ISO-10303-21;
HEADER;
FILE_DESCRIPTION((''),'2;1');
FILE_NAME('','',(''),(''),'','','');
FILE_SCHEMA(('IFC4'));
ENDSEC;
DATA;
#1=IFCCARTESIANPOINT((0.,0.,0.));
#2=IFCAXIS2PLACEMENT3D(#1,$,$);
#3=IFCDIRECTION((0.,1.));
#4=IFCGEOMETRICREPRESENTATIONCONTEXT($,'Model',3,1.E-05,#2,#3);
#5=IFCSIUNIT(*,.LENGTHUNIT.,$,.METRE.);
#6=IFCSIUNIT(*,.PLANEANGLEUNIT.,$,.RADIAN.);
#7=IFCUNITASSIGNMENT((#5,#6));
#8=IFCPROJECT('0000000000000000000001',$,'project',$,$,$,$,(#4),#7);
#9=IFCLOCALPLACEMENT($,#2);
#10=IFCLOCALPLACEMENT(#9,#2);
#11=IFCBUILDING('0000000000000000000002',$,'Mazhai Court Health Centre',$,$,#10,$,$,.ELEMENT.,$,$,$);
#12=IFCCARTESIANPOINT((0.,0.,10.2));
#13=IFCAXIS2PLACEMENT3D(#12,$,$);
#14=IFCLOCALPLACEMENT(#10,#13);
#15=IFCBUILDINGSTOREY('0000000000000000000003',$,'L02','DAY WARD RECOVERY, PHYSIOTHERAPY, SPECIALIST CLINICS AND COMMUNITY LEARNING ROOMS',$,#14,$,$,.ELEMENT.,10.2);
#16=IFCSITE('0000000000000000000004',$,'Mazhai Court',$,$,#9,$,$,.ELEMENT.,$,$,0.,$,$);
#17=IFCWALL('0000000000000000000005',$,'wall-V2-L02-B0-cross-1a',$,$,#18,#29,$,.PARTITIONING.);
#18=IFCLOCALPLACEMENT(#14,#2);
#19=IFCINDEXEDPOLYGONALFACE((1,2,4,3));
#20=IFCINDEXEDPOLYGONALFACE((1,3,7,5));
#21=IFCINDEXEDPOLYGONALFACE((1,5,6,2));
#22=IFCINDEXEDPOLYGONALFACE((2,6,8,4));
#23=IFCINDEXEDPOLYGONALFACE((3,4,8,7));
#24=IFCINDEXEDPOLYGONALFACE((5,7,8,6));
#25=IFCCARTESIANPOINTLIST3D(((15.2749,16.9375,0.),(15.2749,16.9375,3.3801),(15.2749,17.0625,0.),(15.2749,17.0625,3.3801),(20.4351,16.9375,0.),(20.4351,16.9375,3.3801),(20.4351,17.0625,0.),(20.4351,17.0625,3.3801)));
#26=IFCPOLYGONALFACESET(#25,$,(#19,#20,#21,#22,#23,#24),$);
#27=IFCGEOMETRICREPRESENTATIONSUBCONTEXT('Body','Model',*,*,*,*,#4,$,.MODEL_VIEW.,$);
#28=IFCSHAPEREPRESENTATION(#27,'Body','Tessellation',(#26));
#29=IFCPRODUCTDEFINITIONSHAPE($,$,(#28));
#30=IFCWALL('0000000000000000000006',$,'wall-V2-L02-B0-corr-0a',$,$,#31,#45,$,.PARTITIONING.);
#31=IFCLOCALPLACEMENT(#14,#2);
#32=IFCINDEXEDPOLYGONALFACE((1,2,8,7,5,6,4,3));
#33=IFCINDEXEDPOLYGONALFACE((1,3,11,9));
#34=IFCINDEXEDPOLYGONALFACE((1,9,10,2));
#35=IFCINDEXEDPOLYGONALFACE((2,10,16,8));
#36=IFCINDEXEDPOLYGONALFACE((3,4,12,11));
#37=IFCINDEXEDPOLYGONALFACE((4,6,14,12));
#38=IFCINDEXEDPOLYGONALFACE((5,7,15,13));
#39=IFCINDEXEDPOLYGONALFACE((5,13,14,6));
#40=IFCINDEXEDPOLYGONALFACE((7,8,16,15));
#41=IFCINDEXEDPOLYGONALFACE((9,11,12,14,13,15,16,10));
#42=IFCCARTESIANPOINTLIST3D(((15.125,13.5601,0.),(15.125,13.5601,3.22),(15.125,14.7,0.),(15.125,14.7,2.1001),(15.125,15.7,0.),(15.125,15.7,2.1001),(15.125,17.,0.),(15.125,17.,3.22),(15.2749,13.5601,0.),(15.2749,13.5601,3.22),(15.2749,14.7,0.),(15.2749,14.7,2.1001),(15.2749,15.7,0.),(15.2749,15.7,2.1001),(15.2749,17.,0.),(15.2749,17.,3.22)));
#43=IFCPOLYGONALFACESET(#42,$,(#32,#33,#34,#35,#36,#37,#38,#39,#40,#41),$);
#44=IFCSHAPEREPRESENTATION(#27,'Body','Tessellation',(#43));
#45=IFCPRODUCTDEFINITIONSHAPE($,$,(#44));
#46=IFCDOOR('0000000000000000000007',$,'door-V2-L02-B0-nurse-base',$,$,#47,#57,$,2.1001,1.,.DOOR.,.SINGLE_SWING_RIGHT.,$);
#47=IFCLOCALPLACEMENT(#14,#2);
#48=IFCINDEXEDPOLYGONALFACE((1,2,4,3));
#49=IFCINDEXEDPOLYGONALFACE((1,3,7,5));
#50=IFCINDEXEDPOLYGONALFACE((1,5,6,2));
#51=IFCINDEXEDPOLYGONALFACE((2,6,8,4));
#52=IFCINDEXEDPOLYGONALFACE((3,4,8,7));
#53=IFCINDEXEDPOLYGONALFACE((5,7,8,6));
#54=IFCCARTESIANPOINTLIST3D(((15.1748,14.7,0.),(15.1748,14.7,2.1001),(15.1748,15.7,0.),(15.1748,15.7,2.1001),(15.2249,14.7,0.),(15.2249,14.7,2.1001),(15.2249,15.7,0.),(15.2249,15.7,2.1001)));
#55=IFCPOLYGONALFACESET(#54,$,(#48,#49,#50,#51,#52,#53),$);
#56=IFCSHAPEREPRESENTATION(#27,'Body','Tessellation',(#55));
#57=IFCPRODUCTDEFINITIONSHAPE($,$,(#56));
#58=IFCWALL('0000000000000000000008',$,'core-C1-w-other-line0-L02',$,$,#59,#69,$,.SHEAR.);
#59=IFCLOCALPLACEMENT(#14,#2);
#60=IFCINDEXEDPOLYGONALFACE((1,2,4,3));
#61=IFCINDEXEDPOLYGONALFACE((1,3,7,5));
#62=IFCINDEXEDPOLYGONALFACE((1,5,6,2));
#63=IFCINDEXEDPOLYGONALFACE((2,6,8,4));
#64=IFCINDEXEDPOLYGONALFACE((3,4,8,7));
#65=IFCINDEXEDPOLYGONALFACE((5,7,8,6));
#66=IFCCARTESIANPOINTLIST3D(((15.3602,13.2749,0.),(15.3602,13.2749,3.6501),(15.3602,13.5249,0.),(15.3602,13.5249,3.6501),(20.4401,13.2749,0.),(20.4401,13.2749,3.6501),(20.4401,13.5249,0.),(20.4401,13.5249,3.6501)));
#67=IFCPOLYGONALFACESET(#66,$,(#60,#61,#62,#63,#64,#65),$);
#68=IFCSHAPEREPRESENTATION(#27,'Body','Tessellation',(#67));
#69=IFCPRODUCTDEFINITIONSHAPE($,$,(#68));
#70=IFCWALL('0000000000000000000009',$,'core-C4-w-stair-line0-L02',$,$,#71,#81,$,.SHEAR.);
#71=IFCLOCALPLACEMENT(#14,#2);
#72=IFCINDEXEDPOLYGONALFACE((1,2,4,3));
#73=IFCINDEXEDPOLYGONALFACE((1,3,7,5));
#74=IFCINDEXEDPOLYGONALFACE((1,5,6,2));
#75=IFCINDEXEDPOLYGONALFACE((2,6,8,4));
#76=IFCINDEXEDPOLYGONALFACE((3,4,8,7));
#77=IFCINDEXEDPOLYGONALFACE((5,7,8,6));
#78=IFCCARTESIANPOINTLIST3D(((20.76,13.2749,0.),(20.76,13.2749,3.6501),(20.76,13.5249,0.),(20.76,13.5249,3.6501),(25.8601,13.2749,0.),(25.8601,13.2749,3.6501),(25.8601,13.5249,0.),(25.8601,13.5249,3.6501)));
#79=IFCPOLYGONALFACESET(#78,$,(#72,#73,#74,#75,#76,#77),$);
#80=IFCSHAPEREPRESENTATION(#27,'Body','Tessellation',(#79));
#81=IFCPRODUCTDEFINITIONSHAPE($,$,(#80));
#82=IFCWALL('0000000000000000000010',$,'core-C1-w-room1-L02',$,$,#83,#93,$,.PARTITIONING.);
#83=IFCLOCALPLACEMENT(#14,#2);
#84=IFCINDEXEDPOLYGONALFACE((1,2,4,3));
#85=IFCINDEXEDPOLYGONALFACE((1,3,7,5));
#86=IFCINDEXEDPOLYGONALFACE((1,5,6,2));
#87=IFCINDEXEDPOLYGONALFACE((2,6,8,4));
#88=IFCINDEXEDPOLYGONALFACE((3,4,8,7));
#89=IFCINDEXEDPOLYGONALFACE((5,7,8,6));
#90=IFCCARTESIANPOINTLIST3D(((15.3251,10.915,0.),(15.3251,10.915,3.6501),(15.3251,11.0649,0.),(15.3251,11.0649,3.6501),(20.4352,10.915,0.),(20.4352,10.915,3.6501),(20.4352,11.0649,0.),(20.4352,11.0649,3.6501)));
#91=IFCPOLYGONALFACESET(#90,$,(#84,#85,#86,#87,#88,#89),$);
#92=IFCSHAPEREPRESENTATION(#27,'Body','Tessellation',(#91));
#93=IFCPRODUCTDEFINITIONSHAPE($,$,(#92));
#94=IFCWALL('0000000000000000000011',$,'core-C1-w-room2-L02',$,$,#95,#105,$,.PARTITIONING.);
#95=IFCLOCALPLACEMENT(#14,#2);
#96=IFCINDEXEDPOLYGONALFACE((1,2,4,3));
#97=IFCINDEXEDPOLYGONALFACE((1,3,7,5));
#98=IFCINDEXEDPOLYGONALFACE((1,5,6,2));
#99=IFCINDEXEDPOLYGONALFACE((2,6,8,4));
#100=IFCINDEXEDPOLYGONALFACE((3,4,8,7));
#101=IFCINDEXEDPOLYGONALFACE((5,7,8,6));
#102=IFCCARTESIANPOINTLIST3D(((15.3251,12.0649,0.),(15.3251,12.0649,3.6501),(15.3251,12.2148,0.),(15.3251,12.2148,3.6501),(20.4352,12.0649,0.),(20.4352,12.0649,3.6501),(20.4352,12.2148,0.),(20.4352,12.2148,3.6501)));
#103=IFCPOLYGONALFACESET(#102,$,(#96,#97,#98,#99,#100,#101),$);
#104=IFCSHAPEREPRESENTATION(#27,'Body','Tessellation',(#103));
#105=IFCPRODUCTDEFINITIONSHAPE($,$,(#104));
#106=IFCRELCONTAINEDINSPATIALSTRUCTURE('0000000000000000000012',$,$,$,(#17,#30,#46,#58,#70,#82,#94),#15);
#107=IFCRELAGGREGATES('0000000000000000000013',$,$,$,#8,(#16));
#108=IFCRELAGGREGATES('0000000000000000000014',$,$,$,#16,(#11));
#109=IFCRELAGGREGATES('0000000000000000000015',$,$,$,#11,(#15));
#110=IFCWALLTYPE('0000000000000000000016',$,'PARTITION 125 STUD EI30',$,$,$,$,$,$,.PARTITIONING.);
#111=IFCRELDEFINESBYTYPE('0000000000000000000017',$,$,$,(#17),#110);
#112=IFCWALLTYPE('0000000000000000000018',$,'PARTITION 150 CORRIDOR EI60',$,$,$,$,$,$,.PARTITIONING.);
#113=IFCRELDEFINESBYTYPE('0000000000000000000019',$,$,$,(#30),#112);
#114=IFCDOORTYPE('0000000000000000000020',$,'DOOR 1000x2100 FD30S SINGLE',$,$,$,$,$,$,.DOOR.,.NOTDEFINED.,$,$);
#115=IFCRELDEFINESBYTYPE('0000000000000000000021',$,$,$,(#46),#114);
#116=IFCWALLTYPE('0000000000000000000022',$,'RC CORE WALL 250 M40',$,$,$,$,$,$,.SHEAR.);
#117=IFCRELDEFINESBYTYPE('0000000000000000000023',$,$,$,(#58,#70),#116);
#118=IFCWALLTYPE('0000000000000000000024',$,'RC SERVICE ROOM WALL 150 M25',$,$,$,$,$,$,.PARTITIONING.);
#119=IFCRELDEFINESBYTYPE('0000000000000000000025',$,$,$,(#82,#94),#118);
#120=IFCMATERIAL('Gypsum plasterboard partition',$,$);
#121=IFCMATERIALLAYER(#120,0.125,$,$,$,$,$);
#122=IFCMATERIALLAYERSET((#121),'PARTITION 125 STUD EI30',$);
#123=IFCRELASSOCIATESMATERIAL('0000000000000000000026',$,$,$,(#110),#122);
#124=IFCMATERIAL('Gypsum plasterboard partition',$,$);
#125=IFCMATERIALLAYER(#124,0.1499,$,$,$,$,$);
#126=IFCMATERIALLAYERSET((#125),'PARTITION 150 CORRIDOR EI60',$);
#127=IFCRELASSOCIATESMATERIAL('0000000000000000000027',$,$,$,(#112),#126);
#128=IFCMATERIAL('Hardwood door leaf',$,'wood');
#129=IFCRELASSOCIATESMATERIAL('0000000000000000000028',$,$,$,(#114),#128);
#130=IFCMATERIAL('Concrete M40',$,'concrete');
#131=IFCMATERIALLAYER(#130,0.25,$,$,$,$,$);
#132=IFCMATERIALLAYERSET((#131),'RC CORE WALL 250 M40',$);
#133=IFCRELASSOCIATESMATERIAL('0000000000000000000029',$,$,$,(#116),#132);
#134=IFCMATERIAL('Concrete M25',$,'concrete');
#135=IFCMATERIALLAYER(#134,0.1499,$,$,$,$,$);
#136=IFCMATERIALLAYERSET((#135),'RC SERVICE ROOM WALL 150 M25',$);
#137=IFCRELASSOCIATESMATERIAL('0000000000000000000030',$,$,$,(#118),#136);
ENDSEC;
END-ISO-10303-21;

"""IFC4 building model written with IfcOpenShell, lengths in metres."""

from ifc_helpers import new_model, si_unit, direction, frame, frame_2d, origin, place, context, subcontext, project, spatial, rectangle, extrude, material, layer, layer_set, type_object, element, fill, save


model = new_model("IFC4")

# Units and contexts
model_context = context("Model", 3, precision=1e-05, world=origin(), true_north=direction((0.0, 1.0)))
body_context = subcontext(model_context, "Body", "Model", "MODEL_VIEW")
ifc_project = project(units=[si_unit("LENGTHUNIT", "METRE"), si_unit("PLANEANGLEUNIT", "RADIAN")], contexts=[model_context])

# Site, building, storey
site_placement = place(None, origin())
site = spatial("IfcSite", under=ifc_project, at=site_placement, Name="Mazhai Court", CompositionType="ELEMENT", RefElevation=0.0)
building_placement = place(site_placement, origin())
building = spatial("IfcBuilding", under=site, at=building_placement, Name="Mazhai Court Health Centre", CompositionType="ELEMENT")
storey_placement = place(building_placement, frame((0.0, 0.0, 10.2)))
storey = spatial("IfcBuildingStorey", under=building, at=storey_placement, Name="L02", Description="DAY WARD RECOVERY, PHYSIOTHERAPY, SPECIALIST CLINICS AND COMMUNITY LEARNING ROOMS", CompositionType="ELEMENT", Elevation=10.2)

# Wall
ifc_material_1 = material(Name="Gypsum plasterboard partition")
ifc_layer_1 = layer(ifc_material_1, 0.125)
ifc_layer_set_1 = layer_set([ifc_layer_1], Name="PARTITION 125 STUD EI30")
wall_type_1 = type_object("IfcWallType", Name="PARTITION 125 STUD EI30", PredefinedType="PARTITIONING", material=ifc_layer_set_1)
wall_1_placement = place(storey_placement, frame((20.4351, 17.0, 0.0), z_axis=(0.0, 0.0, 1.0), x_axis=(-1.0, 0.0, 0.0)))
element("IfcWall", 1, at=wall_1_placement, inside=storey, type_object=wall_type_1, Name="wall-V2-L02-B0-cross-1a", PredefinedType="PARTITIONING", context=body_context, shape_type="SweptSolid", body=[
    extrude(rectangle(XDim=5.1602, YDim=0.125, at=frame_2d((2.5801, 0.0))), origin(), (0.0, 0.0, 1.0), 3.3801),
])

# Wall, opening, door
ifc_material_2 = material(Name="Gypsum plasterboard partition")
ifc_layer_2 = layer(ifc_material_2, 0.1499)
ifc_layer_set_2 = layer_set([ifc_layer_2], Name="PARTITION 150 CORRIDOR EI60")
wall_type_2 = type_object("IfcWallType", Name="PARTITION 150 CORRIDOR EI60", PredefinedType="PARTITIONING", material=ifc_layer_set_2)
wall_2_placement = place(storey_placement, frame((15.2, 17.0, 0.0), z_axis=(0.0, 0.0, 1.0), x_axis=(0.0, -1.0, 0.0)))
wall_2 = element("IfcWall", 2, at=wall_2_placement, inside=storey, type_object=wall_type_2, Name="wall-V2-L02-B0-corr-0a", PredefinedType="PARTITIONING", context=body_context, shape_type="SweptSolid", body=[
    extrude(rectangle(XDim=3.4399, YDim=0.1499, at=frame_2d((1.72, 0.0))), origin(), (0.0, 0.0, 1.0), 3.22),
])
opening_placement = place(wall_2_placement, frame((1.3, 0.0, 0.0)))
opening = element("IfcOpeningElement", 3, at=opening_placement, cuts=wall_2, PredefinedType="OPENING", context=body_context, shape_type="SweptSolid", body=[
    extrude(rectangle(XDim=1.0, YDim=2.1001, at=frame_2d((0.5, 1.05))), frame((0.0, 0.085, 0.0), z_axis=(0.0, -1.0, 0.0), x_axis=(1.0, 0.0, 0.0)), (0.0, 0.0, 1.0), 0.1699),
])
ifc_material_3 = material(Name="Hardwood door leaf", Category="wood")
door_type = type_object("IfcDoorType", Name="DOOR 1000x2100 FD30S SINGLE", OperationType="NOTDEFINED", PredefinedType="DOOR", material=ifc_material_3)
door_placement = place(opening_placement, origin())
door = element("IfcDoor", 4, at=door_placement, inside=storey, type_object=door_type, Name="door-V2-L02-B0-nurse-base", OperationType="SINGLE_SWING_RIGHT", OverallHeight=2.1001, OverallWidth=1.0, PredefinedType="DOOR", context=body_context, shape_type="SweptSolid", body=[
    extrude(rectangle(XDim=1.0, YDim=2.1001, at=frame_2d((0.5, 1.05))), frame((0.0, 0.0249, 0.0), z_axis=(0.0, -1.0, 0.0), x_axis=(1.0, 0.0, 0.0)), (0.0, 0.0, 1.0), 0.05),
])
fill(opening, door)

# Walls
ifc_material_4 = material(Name="Concrete M40", Category="concrete")
ifc_layer_3 = layer(ifc_material_4, 0.25)
ifc_layer_set_3 = layer_set([ifc_layer_3], Name="RC CORE WALL 250 M40")
wall_type_3 = type_object("IfcWallType", Name="RC CORE WALL 250 M40", PredefinedType="SHEAR", material=ifc_layer_set_3)
wall_3_placement = place(storey_placement, frame((15.3601, 13.3999, 0.0), z_axis=(0.0, 0.0, 1.0), x_axis=(1.0, 0.0, 0.0)))
element("IfcWall", 5, at=wall_3_placement, inside=storey, type_object=wall_type_3, Name="core-C1-w-other-line0-L02", PredefinedType="SHEAR", context=body_context, shape_type="SweptSolid", body=[
    extrude(rectangle(XDim=5.0798, YDim=0.25, at=frame_2d((2.54, 0.0))), origin(), (0.0, 0.0, 1.0), 3.6501),
])
wall_4_placement = place(storey_placement, frame((20.76, 13.3999, 0.0), z_axis=(0.0, 0.0, 1.0), x_axis=(1.0, 0.0, 0.0)))
element("IfcWall", 6, at=wall_4_placement, inside=storey, type_object=wall_type_3, Name="core-C4-w-stair-line0-L02", PredefinedType="SHEAR", context=body_context, shape_type="SweptSolid", body=[
    extrude(rectangle(XDim=5.1001, YDim=0.25, at=frame_2d((2.55, 0.0))), origin(), (0.0, 0.0, 1.0), 3.6501),
])
ifc_material_5 = material(Name="Concrete M25", Category="concrete")
ifc_layer_4 = layer(ifc_material_5, 0.1499)
ifc_layer_set_4 = layer_set([ifc_layer_4], Name="RC SERVICE ROOM WALL 150 M25")
wall_type_4 = type_object("IfcWallType", Name="RC SERVICE ROOM WALL 150 M25", PredefinedType="PARTITIONING", material=ifc_layer_set_4)
for number, where, z_axis, x_axis, name in (
    (7, (15.325, 10.99, 0.0), (0.0, 0.0, 1.0), (1.0, 0.0, 0.0), "core-C1-w-room1-L02"),
    (8, (15.325, 12.1399, 0.0), (0.0, 0.0, 1.0), (1.0, 0.0, 0.0), "core-C1-w-room2-L02"),
):
    element("IfcWall", number, at=place(storey_placement, frame(where, z_axis=z_axis, x_axis=x_axis)), inside=storey, type_object=wall_type_4, Name=name, PredefinedType="PARTITIONING", context=body_context, shape_type="SweptSolid", body=[
        extrude(rectangle(XDim=5.1101, YDim=0.1499, at=frame_2d((2.5552, 0.0))), origin(), (0.0, 0.0, 1.0), 3.6501),
    ])

save(model, "model.ifc")
